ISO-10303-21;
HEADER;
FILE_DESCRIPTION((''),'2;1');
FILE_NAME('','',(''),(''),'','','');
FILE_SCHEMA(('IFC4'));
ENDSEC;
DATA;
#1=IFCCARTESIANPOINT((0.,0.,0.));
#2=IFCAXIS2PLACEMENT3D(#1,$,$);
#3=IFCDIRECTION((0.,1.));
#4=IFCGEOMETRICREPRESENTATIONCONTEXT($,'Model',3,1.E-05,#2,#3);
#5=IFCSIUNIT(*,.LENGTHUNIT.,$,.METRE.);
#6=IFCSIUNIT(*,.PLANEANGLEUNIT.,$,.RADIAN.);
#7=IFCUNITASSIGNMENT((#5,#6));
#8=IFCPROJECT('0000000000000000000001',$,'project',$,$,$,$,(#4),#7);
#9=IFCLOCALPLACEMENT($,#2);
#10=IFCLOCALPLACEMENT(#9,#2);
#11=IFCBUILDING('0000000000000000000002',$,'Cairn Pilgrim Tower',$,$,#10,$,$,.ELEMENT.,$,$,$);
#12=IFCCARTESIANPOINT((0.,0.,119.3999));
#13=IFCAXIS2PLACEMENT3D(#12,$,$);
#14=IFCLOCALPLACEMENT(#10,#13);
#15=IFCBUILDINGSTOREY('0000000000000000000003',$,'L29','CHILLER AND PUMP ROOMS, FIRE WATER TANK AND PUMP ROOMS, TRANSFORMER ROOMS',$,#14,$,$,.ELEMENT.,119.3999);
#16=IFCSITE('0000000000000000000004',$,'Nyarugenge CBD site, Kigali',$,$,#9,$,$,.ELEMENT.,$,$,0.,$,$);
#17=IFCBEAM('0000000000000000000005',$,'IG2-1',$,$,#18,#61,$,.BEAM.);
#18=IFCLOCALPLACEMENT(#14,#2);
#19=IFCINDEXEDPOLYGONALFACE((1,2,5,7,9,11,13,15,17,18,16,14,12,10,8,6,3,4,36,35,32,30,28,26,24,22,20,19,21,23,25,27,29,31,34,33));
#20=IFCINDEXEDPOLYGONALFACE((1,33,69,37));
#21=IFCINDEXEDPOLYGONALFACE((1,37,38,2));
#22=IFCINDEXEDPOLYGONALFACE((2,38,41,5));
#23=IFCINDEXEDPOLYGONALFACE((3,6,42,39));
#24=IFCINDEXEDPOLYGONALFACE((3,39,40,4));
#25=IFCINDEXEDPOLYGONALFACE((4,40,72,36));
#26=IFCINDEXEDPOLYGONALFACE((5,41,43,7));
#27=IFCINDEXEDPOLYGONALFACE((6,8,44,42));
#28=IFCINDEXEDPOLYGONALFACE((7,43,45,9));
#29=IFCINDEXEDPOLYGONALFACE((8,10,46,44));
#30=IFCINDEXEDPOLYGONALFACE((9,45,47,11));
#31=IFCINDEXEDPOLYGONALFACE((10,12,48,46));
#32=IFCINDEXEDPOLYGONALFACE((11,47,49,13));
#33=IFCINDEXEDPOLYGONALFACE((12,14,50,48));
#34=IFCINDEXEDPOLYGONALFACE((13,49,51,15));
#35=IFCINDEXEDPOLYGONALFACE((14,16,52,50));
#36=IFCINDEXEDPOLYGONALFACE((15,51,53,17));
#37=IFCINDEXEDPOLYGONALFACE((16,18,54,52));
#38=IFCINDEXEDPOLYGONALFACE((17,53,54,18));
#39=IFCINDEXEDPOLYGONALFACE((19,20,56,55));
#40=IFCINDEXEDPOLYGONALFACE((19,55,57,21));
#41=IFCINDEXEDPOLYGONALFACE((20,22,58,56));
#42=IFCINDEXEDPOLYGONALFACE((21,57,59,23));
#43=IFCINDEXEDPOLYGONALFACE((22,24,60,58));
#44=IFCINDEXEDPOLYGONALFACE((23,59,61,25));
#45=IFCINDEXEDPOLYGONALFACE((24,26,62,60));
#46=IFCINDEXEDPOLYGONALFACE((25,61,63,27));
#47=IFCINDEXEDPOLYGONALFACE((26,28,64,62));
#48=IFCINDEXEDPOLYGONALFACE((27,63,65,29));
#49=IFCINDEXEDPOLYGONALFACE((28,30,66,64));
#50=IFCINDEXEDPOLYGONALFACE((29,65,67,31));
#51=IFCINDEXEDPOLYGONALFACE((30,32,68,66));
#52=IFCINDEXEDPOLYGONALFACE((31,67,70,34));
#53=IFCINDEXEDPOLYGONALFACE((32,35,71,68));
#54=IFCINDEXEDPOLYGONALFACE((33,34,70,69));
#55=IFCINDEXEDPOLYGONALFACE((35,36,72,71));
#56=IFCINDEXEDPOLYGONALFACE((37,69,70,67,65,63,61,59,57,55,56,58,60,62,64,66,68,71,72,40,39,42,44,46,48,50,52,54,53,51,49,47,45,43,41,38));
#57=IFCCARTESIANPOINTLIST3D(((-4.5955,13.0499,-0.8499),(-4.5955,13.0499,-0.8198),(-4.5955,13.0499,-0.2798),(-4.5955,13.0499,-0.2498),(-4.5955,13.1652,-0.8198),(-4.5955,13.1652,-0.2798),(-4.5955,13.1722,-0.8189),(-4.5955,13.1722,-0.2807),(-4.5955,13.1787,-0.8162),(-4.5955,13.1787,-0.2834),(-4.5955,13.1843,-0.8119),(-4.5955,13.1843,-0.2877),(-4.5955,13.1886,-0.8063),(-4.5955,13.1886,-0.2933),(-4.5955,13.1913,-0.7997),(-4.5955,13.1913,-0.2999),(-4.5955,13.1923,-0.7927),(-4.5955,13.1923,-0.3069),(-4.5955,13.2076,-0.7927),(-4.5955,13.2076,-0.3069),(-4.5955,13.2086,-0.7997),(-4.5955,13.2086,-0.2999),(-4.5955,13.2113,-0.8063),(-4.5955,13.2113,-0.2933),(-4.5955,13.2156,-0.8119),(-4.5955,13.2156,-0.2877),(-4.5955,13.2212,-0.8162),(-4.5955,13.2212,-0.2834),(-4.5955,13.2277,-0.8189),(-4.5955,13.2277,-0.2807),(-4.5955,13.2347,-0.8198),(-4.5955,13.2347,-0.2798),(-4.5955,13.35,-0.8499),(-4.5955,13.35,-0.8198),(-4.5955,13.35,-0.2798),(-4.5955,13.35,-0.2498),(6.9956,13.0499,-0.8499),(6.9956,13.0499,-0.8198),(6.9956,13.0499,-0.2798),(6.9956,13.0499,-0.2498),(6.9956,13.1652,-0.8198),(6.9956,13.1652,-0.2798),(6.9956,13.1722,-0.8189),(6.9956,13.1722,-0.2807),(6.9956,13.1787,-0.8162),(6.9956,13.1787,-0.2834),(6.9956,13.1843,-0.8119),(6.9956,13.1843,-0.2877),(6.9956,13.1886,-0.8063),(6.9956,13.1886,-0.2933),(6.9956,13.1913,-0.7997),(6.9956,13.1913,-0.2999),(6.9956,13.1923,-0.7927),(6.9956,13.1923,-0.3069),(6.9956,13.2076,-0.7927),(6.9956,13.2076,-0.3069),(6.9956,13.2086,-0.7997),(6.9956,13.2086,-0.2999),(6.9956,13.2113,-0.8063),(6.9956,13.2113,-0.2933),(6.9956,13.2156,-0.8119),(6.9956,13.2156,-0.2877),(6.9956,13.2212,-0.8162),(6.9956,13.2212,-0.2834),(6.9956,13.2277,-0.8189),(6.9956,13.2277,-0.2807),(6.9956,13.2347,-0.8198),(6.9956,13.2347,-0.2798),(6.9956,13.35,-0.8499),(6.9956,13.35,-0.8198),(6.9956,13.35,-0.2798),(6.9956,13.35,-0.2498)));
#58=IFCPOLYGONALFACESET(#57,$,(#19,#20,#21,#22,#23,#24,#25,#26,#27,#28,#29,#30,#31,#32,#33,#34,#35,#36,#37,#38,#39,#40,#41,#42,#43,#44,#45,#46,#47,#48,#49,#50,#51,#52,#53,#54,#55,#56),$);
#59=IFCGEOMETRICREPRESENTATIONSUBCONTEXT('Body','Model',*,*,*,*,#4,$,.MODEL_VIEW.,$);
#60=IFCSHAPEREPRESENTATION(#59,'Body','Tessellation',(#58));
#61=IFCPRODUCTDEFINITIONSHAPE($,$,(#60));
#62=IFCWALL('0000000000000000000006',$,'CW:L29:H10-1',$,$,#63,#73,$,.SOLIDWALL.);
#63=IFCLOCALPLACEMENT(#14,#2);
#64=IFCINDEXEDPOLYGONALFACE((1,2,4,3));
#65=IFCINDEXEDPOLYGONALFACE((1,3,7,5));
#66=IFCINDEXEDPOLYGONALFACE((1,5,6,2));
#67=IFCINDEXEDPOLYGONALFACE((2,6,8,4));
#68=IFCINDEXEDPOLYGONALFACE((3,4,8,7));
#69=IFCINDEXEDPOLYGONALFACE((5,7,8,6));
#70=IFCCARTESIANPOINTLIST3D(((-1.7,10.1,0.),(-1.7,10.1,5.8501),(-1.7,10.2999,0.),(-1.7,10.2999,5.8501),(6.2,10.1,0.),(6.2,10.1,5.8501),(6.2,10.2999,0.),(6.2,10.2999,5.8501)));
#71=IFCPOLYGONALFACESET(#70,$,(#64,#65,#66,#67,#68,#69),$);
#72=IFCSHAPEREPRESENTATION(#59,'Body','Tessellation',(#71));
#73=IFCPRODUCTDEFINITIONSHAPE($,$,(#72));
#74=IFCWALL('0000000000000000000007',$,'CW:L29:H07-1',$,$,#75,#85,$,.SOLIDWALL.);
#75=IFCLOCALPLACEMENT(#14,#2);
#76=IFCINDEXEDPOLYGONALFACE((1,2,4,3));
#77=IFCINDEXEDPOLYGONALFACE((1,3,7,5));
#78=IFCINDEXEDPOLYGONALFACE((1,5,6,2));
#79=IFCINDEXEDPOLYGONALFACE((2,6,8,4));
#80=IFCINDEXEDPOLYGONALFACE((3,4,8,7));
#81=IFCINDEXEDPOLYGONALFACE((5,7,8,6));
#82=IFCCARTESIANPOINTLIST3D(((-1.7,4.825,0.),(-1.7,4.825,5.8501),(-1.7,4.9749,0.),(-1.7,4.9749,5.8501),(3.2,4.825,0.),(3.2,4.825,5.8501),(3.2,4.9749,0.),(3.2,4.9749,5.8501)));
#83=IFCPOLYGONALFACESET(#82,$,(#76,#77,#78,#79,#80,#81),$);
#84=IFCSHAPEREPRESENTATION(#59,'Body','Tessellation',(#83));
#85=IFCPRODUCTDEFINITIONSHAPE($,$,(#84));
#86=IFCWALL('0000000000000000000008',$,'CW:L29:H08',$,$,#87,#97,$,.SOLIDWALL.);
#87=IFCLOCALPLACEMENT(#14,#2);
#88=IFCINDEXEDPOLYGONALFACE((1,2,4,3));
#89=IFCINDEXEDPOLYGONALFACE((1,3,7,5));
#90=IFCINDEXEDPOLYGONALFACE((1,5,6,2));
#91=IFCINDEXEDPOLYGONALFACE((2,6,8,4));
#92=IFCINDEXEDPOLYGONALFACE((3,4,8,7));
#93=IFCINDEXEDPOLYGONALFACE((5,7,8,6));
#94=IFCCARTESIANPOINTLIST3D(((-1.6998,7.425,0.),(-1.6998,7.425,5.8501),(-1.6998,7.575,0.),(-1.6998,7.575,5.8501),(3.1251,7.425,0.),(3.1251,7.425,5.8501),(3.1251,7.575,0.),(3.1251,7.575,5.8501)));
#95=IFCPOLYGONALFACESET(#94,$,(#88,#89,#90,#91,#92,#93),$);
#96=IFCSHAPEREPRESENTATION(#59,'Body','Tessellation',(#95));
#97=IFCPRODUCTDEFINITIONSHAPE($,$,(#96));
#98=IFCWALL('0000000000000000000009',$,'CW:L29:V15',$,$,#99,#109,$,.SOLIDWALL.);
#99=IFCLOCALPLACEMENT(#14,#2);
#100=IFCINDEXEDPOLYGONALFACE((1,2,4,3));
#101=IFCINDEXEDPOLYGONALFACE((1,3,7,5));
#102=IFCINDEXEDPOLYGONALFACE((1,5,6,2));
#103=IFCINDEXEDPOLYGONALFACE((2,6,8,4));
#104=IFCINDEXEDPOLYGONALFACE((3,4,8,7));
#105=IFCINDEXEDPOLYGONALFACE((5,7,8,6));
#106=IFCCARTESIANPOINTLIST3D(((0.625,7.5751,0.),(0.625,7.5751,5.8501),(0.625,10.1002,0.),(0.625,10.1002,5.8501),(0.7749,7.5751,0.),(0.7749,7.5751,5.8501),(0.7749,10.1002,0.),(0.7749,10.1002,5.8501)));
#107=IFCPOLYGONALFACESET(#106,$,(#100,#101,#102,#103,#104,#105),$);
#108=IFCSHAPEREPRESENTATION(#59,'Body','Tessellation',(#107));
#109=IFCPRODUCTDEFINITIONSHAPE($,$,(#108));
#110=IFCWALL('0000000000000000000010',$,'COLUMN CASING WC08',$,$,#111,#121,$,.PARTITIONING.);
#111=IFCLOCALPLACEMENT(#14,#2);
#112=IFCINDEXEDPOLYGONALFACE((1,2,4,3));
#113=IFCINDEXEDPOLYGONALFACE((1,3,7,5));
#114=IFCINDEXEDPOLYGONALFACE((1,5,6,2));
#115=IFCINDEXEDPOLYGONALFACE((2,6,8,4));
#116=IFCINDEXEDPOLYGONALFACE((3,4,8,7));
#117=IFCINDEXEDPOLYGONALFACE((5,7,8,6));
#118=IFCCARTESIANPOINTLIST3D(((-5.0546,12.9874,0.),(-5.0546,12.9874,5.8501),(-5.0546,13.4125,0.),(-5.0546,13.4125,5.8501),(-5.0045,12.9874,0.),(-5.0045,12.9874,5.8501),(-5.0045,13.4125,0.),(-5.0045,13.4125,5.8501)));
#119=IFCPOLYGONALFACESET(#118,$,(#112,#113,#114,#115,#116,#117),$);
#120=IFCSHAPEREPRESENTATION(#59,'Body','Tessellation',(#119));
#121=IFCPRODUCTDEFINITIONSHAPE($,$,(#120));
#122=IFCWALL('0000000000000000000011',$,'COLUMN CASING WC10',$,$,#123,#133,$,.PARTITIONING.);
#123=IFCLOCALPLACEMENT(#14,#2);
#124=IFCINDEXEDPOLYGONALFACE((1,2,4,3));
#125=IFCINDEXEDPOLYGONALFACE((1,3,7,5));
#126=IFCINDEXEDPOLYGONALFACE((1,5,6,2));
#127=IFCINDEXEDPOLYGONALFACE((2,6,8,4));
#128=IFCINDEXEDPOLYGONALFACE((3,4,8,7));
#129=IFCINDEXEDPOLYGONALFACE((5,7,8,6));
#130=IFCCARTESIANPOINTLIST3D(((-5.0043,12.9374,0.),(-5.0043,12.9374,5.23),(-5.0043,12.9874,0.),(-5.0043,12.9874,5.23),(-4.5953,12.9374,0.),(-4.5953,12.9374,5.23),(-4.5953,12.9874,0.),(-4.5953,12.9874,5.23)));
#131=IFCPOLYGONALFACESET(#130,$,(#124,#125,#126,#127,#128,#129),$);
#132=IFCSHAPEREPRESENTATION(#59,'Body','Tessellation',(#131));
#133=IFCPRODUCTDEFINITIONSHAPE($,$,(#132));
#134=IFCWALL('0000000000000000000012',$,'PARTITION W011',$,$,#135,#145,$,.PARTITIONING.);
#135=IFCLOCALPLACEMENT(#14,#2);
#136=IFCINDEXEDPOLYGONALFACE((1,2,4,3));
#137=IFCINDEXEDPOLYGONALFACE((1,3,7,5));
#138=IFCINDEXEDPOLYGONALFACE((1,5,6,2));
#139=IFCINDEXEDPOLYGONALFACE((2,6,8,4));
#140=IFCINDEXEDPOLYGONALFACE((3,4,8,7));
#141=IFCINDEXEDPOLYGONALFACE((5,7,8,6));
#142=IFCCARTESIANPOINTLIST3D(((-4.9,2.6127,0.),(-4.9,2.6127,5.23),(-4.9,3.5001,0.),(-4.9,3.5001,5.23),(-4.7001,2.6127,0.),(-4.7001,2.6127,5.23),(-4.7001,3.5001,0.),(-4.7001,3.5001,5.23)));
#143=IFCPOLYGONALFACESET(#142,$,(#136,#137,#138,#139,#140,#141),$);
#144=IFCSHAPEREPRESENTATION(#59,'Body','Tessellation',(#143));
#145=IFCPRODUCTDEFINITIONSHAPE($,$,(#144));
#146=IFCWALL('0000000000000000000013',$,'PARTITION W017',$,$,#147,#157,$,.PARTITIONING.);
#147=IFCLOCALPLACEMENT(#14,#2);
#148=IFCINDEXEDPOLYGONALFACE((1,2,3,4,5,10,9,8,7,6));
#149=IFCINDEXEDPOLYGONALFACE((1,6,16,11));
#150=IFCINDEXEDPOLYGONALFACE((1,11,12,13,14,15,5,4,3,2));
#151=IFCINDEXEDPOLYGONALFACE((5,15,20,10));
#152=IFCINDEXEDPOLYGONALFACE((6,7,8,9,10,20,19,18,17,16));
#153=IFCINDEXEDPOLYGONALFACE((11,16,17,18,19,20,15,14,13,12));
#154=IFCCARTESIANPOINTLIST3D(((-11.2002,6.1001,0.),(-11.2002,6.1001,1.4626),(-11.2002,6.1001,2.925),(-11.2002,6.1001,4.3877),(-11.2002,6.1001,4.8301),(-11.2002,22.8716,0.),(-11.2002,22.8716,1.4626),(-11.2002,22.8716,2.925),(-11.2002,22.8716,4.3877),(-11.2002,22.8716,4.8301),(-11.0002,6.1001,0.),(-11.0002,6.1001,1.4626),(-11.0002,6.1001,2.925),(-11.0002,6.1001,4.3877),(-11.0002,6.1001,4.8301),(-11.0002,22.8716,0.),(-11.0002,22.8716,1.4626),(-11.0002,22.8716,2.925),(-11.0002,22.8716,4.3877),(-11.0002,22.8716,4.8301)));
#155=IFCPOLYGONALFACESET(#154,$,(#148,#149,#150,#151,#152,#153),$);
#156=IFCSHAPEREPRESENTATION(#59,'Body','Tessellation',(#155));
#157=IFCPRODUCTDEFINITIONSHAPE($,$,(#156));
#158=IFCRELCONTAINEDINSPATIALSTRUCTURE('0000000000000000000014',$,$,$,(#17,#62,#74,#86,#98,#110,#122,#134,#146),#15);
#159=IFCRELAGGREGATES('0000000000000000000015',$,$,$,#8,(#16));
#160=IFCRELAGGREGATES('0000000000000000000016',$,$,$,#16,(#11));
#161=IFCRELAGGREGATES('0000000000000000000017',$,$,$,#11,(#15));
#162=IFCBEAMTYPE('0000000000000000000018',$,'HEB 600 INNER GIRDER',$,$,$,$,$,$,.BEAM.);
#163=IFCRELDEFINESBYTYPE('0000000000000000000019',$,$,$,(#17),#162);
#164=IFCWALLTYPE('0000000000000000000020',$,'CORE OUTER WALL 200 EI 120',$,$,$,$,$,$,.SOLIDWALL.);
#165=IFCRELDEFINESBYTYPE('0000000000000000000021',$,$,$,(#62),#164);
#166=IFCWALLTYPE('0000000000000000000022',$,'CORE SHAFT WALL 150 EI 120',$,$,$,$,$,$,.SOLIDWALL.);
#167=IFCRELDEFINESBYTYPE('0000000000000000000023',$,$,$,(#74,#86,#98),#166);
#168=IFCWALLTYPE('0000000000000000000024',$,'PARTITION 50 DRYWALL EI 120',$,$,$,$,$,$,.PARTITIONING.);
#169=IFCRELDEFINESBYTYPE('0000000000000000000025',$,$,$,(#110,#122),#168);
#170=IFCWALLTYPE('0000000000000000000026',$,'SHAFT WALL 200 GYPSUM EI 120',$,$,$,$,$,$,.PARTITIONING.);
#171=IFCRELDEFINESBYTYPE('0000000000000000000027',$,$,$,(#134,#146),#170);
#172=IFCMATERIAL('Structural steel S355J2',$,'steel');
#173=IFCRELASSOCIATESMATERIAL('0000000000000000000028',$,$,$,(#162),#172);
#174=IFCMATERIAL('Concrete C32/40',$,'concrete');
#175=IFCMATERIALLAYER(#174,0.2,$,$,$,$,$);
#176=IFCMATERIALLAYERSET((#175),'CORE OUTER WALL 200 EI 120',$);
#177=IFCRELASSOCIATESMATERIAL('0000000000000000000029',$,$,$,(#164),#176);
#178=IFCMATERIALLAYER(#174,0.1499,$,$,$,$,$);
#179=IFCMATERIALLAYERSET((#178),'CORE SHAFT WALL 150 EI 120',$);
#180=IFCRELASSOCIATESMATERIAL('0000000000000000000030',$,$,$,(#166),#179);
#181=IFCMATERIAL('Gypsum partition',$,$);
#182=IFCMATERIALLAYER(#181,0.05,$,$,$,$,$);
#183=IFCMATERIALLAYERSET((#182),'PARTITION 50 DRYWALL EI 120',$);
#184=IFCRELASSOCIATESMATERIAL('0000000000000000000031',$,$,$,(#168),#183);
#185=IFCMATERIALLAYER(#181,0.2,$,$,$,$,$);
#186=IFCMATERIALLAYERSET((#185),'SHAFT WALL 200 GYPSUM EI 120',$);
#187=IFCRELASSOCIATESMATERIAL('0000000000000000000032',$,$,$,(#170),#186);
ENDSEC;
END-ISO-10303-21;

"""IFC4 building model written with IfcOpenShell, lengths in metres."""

from ifc_helpers import new_model, si_unit, direction, frame, frame_2d, origin, origin_2d, place, context, subcontext, project, spatial, polyline, rectangle, i_section, outline, extrude, material, layer, layer_set, material_profile, profile_set, type_object, element, save


model = new_model("IFC4")

# Units and contexts
model_context = context("Model", 3, precision=1e-05, world=origin(), true_north=direction((0.0, 1.0)))
body_context = subcontext(model_context, "Body", "Model", "MODEL_VIEW")
ifc_project = project(units=[si_unit("LENGTHUNIT", "METRE"), si_unit("PLANEANGLEUNIT", "RADIAN")], contexts=[model_context])

# Site, building, storey
site_placement = place(None, origin())
site = spatial("IfcSite", under=ifc_project, at=site_placement, Name="Nyarugenge CBD site, Kigali", CompositionType="ELEMENT", RefElevation=0.0)
building_placement = place(site_placement, origin())
building = spatial("IfcBuilding", under=site, at=building_placement, Name="Cairn Pilgrim Tower", CompositionType="ELEMENT")
storey_placement = place(building_placement, frame((0.0, 0.0, 119.3999)))
storey = spatial("IfcBuildingStorey", under=building, at=storey_placement, Name="L29", Description="CHILLER AND PUMP ROOMS, FIRE WATER TANK AND PUMP ROOMS, TRANSFORMER ROOMS", CompositionType="ELEMENT", Elevation=119.3999)

# Beam
ifc_material_1 = material(Name="Structural steel S355J2", Category="steel")
ifc_material_profile_1 = material_profile(ifc_material_1, i_section(OverallWidth=0.3, OverallDepth=0.6001, WebThickness=0.0154, FlangeThickness=0.03, FilletRadius=0.0271, at=origin_2d()), Name="HEB 600")
ifc_profile_set_1 = profile_set([ifc_material_profile_1], Name="Structural steel S355J2")
beam_type_1 = type_object("IfcBeamType", Name="HEB 600 INNER GIRDER", PredefinedType="BEAM", material=ifc_profile_set_1)
beam_1_placement = place(storey_placement, frame((-4.5955, 13.2, -0.5498), z_axis=(1.0, 0.0, 0.0), x_axis=(0.0, 1.0, 0.0)))
element("IfcBeam", 1, at=beam_1_placement, inside=storey, type_object=beam_type_1, Name="IG2-1", PredefinedType="BEAM", context=body_context, shape_type="SweptSolid", body=[
    extrude(i_section(OverallWidth=0.3, OverallDepth=0.6001, WebThickness=0.0154, FlangeThickness=0.03, FilletRadius=0.0271, at=origin_2d()), origin(), (0.0, 0.0, 1.0), 11.5911),
])

# Walls
ifc_material_2 = material(Name="Concrete C32/40", Category="concrete")
ifc_layer_1 = layer(ifc_material_2, 0.2)
ifc_layer_set_1 = layer_set([ifc_layer_1], Name="CORE OUTER WALL 200 EI 120")
wall_type_1 = type_object("IfcWallType", Name="CORE OUTER WALL 200 EI 120", PredefinedType="SOLIDWALL", material=ifc_layer_set_1)
wall_1_placement = place(storey_placement, frame((-1.7, 10.2, 0.0), z_axis=(0.0, 0.0, 1.0), x_axis=(1.0, 0.0, 0.0)))
element("IfcWall", 2, at=wall_1_placement, inside=storey, type_object=wall_type_1, Name="CW:L29:H10-1", PredefinedType="SOLIDWALL", context=body_context, shape_type="SweptSolid", body=[
    extrude(rectangle(XDim=7.8999, YDim=0.2, at=frame_2d((3.95, 0.0))), origin(), (0.0, 0.0, 1.0), 5.8501),
])
ifc_layer_2 = layer(ifc_material_2, 0.1499)
ifc_layer_set_2 = layer_set([ifc_layer_2], Name="CORE SHAFT WALL 150 EI 120")
wall_type_2 = type_object("IfcWallType", Name="CORE SHAFT WALL 150 EI 120", PredefinedType="SOLIDWALL", material=ifc_layer_set_2)
wall_2_placement = place(storey_placement, frame((-1.7, 4.8999, 0.0), z_axis=(0.0, 0.0, 1.0), x_axis=(1.0, 0.0, 0.0)))
element("IfcWall", 3, at=wall_2_placement, inside=storey, type_object=wall_type_2, Name="CW:L29:H07-1", PredefinedType="SOLIDWALL", context=body_context, shape_type="SweptSolid", body=[
    extrude(rectangle(XDim=4.8999, YDim=0.1499, at=frame_2d((2.45, 0.0))), origin(), (0.0, 0.0, 1.0), 5.8501),
])
wall_3_placement = place(storey_placement, frame((-1.7, 7.5, 0.0), z_axis=(0.0, 0.0, 1.0), x_axis=(1.0, 0.0, 0.0)))
element("IfcWall", 4, at=wall_3_placement, inside=storey, type_object=wall_type_2, Name="CW:L29:H08", PredefinedType="SOLIDWALL", context=body_context, shape_type="SweptSolid", body=[
    extrude(rectangle(XDim=4.825, YDim=0.1499, at=frame_2d((2.4126, 0.0))), origin(), (0.0, 0.0, 1.0), 5.8501),
])
wall_4_placement = place(storey_placement, frame((0.7, 7.575, 0.0), z_axis=(0.0, 0.0, 1.0), x_axis=(0.0, 1.0, 0.0)))
element("IfcWall", 5, at=wall_4_placement, inside=storey, type_object=wall_type_2, Name="CW:L29:V15", PredefinedType="SOLIDWALL", context=body_context, shape_type="SweptSolid", body=[
    extrude(rectangle(XDim=2.5251, YDim=0.1499, at=frame_2d((1.2627, 0.0))), origin(), (0.0, 0.0, 1.0), 5.8501),
])
ifc_material_3 = material(Name="Gypsum partition")
ifc_layer_3 = layer(ifc_material_3, 0.05)
ifc_layer_set_3 = layer_set([ifc_layer_3], Name="PARTITION 50 DRYWALL EI 120")
wall_type_3 = type_object("IfcWallType", Name="PARTITION 50 DRYWALL EI 120", PredefinedType="PARTITIONING", material=ifc_layer_set_3)
wall_5_placement = place(storey_placement, frame((-5.0295, 12.9875, 0.0), z_axis=(0.0, 0.0, 1.0), x_axis=(0.0, 1.0, 0.0)))
element("IfcWall", 6, at=wall_5_placement, inside=storey, type_object=wall_type_3, Name="COLUMN CASING WC08", PredefinedType="PARTITIONING", context=body_context, shape_type="SweptSolid", body=[
    extrude(rectangle(XDim=0.425, YDim=0.05, at=frame_2d((0.2124, 0.0))), origin(), (0.0, 0.0, 1.0), 5.8501),
])
wall_6_placement = place(storey_placement, frame((-5.0044, 12.9624, 0.0), z_axis=(0.0, 0.0, 1.0), x_axis=(1.0, 0.0, 0.0)))
element("IfcWall", 7, at=wall_6_placement, inside=storey, type_object=wall_type_3, Name="COLUMN CASING WC10", PredefinedType="PARTITIONING", context=body_context, shape_type="SweptSolid", body=[
    extrude(rectangle(XDim=0.4089, YDim=0.05, at=frame_2d((0.2046, 0.0))), origin(), (0.0, 0.0, 1.0), 5.23),
])
ifc_layer_4 = layer(ifc_material_3, 0.2)
ifc_layer_set_4 = layer_set([ifc_layer_4], Name="SHAFT WALL 200 GYPSUM EI 120")
wall_type_4 = type_object("IfcWallType", Name="SHAFT WALL 200 GYPSUM EI 120", PredefinedType="PARTITIONING", material=ifc_layer_set_4)
wall_7_placement = place(storey_placement, frame((-4.8, 2.6125, 0.0), z_axis=(0.0, 0.0, 1.0), x_axis=(0.0, 1.0, 0.0)))
element("IfcWall", 8, at=wall_7_placement, inside=storey, type_object=wall_type_4, Name="PARTITION W011", PredefinedType="PARTITIONING", context=body_context, shape_type="SweptSolid", body=[
    extrude(rectangle(XDim=0.8875, YDim=0.2, at=frame_2d((0.4438, 0.0))), origin(), (0.0, 0.0, 1.0), 5.23),
])
wall_8_placement = place(storey_placement, frame((-11.1001, 6.1001, 0.0), z_axis=(0.0, 0.0, 1.0), x_axis=(0.0, 1.0, 0.0)))
element("IfcWall", 9, at=wall_8_placement, inside=storey, type_object=wall_type_4, Name="PARTITION W017", PredefinedType="PARTITIONING", context=body_context, shape_type="SweptSolid", body=[
    extrude(outline(polyline([(0.0, 0.0), (16.7715, 0.0), (16.7715, 1.4626), (16.7715, 2.925), (16.7715, 4.3877), (16.7715, 4.8301), (0.0, 4.8301), (0.0, 4.3877), (0.0, 2.925), (0.0, 1.4626), (0.0, 0.0)])), frame((0.0, 0.1001, 0.0), z_axis=(0.0, -1.0, 0.0), x_axis=(1.0, 0.0, 0.0)), (0.0, 0.0, 1.0), 0.2),
])

save(model, "model.ifc")
